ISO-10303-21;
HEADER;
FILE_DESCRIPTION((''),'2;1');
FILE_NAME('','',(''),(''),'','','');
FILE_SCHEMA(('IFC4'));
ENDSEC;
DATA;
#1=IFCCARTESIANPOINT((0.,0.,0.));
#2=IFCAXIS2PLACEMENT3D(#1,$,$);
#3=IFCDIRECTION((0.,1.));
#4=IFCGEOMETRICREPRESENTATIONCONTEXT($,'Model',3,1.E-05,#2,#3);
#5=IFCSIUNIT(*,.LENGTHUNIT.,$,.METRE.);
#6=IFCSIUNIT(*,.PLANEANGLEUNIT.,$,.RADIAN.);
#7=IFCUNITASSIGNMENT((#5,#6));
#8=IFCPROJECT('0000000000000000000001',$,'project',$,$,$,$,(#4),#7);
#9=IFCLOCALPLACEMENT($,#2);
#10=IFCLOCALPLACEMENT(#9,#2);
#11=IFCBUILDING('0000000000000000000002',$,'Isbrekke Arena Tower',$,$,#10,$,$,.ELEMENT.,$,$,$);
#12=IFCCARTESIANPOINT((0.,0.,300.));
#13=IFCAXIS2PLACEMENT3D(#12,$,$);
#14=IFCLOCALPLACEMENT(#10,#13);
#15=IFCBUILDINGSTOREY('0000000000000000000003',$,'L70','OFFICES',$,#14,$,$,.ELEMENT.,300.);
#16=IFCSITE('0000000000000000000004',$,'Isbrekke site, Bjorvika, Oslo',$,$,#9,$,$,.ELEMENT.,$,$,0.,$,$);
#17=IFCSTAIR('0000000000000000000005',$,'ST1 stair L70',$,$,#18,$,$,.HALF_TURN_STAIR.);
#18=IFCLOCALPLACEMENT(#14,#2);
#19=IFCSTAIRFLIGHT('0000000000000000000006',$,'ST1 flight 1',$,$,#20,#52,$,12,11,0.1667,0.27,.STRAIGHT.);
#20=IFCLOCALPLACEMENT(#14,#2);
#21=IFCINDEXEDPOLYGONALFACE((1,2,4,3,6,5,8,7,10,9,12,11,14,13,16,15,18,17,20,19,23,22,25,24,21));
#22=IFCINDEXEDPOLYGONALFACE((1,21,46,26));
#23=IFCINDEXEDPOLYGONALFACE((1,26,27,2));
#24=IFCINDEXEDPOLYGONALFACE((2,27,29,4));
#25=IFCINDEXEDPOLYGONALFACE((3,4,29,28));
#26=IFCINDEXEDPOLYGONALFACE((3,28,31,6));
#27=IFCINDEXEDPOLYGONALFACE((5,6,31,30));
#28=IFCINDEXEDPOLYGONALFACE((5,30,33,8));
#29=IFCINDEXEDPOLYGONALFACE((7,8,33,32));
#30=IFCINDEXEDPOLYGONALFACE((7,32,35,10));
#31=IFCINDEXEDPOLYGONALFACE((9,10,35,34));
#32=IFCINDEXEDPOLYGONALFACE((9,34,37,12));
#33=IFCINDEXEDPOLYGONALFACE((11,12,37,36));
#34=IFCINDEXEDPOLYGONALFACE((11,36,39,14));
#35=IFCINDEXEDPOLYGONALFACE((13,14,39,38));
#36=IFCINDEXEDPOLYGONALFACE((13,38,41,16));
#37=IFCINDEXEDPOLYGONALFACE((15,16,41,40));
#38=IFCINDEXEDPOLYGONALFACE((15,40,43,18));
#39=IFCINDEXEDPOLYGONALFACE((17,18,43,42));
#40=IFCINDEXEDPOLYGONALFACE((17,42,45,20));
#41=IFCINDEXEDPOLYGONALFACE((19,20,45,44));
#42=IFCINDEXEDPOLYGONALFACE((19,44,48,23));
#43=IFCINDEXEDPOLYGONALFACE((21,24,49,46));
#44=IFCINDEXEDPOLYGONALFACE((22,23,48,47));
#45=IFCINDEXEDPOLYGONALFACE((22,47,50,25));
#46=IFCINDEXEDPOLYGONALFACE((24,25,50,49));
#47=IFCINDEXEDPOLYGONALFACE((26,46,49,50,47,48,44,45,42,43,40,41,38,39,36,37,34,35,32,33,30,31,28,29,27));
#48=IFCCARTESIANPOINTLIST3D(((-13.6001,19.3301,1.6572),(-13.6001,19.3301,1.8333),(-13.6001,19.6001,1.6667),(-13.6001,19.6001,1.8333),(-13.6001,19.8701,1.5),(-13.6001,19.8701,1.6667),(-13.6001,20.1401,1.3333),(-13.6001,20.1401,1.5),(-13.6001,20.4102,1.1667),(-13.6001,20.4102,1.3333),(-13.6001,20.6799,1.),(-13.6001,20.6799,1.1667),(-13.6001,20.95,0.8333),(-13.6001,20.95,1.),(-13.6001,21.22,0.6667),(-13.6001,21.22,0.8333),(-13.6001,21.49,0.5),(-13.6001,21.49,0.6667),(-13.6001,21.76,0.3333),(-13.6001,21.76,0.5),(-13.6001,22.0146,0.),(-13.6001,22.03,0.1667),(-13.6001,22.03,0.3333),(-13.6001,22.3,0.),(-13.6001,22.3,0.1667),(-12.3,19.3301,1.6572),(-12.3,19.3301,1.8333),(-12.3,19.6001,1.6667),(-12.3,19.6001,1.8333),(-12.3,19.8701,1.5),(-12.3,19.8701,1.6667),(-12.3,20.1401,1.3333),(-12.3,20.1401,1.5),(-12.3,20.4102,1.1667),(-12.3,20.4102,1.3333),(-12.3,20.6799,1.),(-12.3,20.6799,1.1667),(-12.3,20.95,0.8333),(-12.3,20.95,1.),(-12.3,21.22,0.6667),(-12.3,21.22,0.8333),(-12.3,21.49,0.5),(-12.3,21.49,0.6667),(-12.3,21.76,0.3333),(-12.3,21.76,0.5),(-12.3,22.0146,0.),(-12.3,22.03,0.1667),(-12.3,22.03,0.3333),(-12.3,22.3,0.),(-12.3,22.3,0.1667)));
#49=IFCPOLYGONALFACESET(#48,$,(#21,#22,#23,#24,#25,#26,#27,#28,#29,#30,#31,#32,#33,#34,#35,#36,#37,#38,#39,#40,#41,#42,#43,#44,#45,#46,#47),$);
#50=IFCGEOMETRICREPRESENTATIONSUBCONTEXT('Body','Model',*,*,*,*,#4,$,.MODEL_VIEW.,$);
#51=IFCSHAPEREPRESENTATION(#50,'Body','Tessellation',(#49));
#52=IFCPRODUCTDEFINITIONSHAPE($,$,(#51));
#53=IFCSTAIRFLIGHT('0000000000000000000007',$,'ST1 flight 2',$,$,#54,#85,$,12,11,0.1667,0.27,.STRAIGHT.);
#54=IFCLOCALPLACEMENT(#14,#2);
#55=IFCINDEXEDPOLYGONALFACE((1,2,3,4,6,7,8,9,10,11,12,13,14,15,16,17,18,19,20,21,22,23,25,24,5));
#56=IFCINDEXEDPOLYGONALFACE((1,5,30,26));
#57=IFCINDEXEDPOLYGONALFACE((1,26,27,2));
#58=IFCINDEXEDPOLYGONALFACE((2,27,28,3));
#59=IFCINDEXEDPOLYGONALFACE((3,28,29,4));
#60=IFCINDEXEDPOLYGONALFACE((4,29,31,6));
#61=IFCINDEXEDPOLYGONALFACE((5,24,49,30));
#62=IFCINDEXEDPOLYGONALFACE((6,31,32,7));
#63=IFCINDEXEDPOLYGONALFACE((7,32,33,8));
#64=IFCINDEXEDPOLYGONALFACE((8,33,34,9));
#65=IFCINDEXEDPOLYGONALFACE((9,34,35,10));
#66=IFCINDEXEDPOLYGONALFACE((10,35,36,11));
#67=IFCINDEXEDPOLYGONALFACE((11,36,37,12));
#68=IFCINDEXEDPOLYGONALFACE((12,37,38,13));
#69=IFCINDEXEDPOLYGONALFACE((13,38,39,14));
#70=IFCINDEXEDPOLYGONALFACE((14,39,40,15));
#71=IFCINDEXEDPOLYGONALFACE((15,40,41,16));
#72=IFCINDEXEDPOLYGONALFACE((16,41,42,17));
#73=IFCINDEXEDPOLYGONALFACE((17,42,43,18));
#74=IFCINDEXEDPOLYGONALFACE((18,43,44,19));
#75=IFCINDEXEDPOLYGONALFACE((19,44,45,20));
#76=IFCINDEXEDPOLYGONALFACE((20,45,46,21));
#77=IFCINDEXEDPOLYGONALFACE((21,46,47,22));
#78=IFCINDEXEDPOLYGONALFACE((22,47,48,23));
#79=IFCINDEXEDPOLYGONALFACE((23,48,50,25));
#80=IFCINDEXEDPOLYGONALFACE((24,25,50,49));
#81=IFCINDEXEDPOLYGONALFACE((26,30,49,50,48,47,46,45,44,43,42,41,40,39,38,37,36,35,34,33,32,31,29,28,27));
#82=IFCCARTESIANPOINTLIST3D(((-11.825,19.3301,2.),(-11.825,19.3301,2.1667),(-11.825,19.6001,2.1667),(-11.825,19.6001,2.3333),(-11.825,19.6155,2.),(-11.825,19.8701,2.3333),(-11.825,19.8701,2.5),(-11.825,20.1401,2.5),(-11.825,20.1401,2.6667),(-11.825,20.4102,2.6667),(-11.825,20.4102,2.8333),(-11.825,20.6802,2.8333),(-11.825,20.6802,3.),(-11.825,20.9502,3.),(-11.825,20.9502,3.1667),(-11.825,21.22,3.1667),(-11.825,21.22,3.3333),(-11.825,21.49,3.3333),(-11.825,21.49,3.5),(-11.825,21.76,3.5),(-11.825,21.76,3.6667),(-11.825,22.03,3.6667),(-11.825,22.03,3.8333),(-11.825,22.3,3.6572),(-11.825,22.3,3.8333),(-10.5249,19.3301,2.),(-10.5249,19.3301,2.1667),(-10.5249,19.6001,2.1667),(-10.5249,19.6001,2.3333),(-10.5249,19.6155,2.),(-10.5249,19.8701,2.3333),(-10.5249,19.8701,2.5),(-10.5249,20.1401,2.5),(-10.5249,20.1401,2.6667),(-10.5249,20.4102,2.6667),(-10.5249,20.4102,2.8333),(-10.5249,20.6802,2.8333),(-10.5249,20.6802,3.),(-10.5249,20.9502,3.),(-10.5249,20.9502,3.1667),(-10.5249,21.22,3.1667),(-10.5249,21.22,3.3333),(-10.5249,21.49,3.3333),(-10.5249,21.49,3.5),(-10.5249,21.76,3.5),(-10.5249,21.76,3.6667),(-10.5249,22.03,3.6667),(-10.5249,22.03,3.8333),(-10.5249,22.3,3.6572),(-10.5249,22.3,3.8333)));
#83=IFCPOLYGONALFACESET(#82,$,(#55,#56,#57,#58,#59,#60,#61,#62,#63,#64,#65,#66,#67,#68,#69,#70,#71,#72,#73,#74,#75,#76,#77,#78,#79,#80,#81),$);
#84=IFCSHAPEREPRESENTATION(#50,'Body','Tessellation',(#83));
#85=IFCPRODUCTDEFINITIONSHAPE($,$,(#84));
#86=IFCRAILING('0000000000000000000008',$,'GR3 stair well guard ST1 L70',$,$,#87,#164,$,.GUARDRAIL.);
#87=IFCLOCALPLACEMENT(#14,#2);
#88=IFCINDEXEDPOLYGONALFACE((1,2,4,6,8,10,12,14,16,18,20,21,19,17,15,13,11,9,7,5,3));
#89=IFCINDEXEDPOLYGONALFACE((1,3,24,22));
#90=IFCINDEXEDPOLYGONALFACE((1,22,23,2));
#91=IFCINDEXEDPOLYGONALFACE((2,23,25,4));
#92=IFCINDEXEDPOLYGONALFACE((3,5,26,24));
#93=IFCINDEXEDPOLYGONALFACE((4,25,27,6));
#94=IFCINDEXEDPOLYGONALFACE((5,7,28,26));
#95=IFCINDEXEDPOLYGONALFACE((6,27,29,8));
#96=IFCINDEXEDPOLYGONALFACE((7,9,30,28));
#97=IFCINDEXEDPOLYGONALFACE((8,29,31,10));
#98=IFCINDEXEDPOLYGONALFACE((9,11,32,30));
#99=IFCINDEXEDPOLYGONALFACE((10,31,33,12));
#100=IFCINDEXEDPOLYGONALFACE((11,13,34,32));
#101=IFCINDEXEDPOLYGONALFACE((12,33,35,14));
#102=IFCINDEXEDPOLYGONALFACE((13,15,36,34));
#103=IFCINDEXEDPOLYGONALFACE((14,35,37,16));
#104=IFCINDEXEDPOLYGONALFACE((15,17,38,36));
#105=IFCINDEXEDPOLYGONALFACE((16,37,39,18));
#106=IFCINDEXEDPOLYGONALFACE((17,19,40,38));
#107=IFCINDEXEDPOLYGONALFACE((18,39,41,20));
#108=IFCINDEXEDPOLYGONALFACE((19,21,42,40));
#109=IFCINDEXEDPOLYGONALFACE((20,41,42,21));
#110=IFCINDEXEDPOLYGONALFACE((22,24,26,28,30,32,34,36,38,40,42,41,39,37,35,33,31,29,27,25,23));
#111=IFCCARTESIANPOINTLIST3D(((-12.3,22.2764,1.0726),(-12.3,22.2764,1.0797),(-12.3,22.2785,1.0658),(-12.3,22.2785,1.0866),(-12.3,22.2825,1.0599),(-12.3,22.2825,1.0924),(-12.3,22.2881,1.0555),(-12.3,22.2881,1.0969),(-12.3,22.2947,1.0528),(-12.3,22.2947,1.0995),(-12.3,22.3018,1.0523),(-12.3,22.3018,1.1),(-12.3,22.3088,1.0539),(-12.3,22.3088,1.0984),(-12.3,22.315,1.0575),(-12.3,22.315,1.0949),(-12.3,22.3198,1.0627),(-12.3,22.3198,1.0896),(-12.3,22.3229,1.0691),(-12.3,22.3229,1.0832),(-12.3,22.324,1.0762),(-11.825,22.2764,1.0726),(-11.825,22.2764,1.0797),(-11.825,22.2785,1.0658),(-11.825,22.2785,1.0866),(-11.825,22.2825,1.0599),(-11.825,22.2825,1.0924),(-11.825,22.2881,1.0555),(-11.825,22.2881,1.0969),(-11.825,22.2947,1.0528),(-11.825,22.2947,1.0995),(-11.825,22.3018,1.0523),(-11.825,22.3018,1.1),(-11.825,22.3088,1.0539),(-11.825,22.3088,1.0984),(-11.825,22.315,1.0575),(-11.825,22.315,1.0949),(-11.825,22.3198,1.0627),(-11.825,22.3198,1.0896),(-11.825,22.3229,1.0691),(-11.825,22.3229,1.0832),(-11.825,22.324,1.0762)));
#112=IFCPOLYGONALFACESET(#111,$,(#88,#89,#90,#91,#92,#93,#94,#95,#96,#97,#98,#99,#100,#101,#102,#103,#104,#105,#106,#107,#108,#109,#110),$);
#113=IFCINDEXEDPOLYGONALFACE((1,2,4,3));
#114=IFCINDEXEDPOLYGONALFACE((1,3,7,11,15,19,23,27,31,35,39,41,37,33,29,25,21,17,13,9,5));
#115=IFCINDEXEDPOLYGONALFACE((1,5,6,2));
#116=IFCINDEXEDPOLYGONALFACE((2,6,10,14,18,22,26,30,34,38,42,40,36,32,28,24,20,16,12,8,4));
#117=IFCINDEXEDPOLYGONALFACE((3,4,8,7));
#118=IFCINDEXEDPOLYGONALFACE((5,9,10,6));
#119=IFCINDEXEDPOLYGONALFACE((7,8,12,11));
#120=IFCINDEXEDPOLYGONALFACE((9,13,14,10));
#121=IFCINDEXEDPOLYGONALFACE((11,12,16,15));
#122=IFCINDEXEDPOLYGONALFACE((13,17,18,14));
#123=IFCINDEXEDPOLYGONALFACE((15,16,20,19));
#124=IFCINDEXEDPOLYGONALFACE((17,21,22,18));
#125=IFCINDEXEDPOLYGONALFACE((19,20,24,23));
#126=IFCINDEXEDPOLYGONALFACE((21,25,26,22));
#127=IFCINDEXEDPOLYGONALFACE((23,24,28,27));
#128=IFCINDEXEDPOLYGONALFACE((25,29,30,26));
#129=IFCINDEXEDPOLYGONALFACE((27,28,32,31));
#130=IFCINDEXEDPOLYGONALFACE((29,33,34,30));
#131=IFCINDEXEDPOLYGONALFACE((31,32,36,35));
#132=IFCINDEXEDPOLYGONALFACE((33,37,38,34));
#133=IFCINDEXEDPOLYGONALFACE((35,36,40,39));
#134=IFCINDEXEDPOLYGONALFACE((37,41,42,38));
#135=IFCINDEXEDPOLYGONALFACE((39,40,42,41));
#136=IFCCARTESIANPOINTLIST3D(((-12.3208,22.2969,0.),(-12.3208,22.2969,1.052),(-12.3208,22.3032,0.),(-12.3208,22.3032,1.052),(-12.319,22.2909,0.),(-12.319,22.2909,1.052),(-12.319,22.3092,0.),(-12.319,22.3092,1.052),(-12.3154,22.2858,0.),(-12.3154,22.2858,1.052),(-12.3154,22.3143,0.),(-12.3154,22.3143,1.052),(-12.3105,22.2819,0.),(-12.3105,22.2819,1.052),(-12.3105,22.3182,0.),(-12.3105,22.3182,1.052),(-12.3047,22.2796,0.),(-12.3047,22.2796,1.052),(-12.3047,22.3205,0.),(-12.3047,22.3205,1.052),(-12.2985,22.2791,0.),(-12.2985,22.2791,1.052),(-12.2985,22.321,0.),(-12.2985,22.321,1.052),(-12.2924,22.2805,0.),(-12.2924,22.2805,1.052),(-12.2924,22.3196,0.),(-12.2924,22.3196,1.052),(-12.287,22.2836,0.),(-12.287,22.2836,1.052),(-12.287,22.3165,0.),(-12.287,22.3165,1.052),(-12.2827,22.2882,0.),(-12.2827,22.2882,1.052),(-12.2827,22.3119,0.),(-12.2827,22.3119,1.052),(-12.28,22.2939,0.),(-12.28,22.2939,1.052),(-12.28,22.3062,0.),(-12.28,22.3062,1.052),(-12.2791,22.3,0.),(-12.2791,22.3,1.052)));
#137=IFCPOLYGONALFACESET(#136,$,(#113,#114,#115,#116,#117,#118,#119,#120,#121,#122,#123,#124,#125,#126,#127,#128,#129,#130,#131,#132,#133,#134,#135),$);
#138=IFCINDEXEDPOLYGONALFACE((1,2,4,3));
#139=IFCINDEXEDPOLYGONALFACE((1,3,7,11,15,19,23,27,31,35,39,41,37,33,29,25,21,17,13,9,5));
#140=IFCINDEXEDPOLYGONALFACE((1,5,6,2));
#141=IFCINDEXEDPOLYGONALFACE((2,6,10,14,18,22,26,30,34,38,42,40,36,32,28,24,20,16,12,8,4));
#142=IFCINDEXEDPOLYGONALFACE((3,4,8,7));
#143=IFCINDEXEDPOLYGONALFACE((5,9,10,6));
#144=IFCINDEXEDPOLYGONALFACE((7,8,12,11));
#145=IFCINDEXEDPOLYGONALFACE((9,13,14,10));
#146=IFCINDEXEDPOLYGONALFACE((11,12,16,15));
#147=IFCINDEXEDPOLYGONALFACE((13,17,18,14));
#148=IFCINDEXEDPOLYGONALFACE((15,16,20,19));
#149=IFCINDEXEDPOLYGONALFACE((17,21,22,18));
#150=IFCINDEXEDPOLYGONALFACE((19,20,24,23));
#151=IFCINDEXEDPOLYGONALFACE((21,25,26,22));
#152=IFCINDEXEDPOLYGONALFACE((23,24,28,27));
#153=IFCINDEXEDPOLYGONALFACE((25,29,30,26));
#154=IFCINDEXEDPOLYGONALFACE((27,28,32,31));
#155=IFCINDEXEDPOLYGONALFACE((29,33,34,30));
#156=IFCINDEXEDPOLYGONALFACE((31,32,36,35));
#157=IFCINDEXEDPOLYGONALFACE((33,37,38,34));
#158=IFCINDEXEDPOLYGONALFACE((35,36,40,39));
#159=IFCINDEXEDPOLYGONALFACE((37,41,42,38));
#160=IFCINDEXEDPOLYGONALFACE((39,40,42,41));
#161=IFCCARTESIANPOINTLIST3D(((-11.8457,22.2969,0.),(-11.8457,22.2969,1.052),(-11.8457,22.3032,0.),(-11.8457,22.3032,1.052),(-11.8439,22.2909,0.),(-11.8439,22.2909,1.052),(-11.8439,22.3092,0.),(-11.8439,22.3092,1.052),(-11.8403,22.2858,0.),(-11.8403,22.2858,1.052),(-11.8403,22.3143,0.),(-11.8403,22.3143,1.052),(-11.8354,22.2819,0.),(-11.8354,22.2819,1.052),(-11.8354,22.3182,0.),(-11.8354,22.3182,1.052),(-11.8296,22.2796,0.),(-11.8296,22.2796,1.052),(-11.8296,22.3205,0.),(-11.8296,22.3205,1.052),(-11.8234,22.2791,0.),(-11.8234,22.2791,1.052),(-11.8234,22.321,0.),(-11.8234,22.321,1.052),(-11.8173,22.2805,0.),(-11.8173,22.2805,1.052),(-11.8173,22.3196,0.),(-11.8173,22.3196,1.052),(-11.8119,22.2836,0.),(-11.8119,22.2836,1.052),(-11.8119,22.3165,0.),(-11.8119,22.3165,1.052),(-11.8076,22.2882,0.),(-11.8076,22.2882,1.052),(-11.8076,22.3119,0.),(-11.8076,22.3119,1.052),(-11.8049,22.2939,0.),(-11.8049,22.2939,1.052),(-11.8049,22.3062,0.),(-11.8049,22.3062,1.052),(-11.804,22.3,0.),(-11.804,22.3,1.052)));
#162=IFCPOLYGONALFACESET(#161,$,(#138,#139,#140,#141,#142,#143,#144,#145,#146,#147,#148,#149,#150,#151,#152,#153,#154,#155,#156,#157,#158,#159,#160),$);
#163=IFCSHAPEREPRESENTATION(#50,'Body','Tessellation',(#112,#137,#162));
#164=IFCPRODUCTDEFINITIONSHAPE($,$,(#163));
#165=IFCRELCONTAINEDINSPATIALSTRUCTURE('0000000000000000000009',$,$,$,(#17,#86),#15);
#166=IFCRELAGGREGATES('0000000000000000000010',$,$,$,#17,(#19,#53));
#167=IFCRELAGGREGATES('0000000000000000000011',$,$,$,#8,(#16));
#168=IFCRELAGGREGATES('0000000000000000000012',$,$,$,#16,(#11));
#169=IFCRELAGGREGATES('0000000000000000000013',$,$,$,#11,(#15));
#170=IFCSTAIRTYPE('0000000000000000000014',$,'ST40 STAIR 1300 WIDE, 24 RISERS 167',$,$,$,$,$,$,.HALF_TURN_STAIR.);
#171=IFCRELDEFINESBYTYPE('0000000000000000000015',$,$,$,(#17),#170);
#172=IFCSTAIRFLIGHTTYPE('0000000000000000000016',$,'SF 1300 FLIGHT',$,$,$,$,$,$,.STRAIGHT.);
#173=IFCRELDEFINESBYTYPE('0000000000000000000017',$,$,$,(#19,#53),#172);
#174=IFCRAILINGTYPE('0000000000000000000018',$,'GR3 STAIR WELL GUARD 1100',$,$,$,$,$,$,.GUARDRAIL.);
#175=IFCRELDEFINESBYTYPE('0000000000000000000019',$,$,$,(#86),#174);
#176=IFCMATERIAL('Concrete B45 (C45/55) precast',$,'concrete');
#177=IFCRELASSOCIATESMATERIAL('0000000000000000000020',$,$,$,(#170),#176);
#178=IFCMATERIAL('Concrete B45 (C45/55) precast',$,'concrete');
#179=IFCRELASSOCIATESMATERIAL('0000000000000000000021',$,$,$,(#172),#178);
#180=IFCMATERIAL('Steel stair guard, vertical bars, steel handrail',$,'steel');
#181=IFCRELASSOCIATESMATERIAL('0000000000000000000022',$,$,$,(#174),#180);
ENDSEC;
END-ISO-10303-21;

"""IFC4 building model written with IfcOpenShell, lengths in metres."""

from ifc_helpers import new_model, si_unit, direction, frame, origin, origin_2d, place, context, subcontext, project, spatial, polyline, circle, outline, extrude, material, type_object, element, aggregate, save


model = new_model("IFC4")

# Units and contexts
model_context = context("Model", 3, precision=1e-05, world=origin(), true_north=direction((0.0, 1.0)))
body_context = subcontext(model_context, "Body", "Model", "MODEL_VIEW")
ifc_project = project(units=[si_unit("LENGTHUNIT", "METRE"), si_unit("PLANEANGLEUNIT", "RADIAN")], contexts=[model_context])

# Site, building, storey
site_placement = place(None, origin())
site = spatial("IfcSite", under=ifc_project, at=site_placement, Name="Isbrekke site, Bjorvika, Oslo", CompositionType="ELEMENT", RefElevation=0.0)
building_placement = place(site_placement, origin())
building = spatial("IfcBuilding", under=site, at=building_placement, Name="Isbrekke Arena Tower", CompositionType="ELEMENT")
storey_placement = place(building_placement, frame((0.0, 0.0, 300.0)))
storey = spatial("IfcBuildingStorey", under=building, at=storey_placement, Name="L70", Description="OFFICES", CompositionType="ELEMENT", Elevation=300.0)

# Stair, stair flights
ifc_material_1 = material(Name="Concrete B45 (C45/55) precast", Category="concrete")
stair_type = type_object("IfcStairType", Name="ST40 STAIR 1300 WIDE, 24 RISERS 167", PredefinedType="HALF_TURN_STAIR", material=ifc_material_1)
stair_placement = place(storey_placement, origin())
stair = element("IfcStair", 1, at=stair_placement, inside=storey, type_object=stair_type, Name="ST1 stair L70", PredefinedType="HALF_TURN_STAIR")
ifc_material_2 = material(Name="Concrete B45 (C45/55) precast", Category="concrete")
stair_flight_type = type_object("IfcStairFlightType", Name="SF 1300 FLIGHT", PredefinedType="STRAIGHT", material=ifc_material_2)
stair_flight_1_placement = place(storey_placement, frame((-12.95, 22.3, 0.0), z_axis=(0.0, 0.0, 1.0), x_axis=(0.0, -1.0, 0.0)))
stair_flight_1 = element("IfcStairFlight", 2, at=stair_flight_1_placement, type_object=stair_flight_type, Name="ST1 flight 1", NumberOfRisers=12, NumberOfTreads=11, PredefinedType="STRAIGHT", RiserHeight=0.1667, TreadLength=0.27, context=body_context, shape_type="SweptSolid", body=[
    extrude(outline(polyline([(0.0, 0.0), (0.0, 0.1667), (0.27, 0.1667), (0.27, 0.3333), (0.54, 0.3333), (0.54, 0.5), (0.8101, 0.5), (0.8101, 0.6667), (1.0801, 0.6667), (1.0801, 0.8333), (1.3501, 0.8333), (1.3501, 1.0), (1.6201, 1.0), (1.6201, 1.1667), (1.8899, 1.1667), (1.8899, 1.3333), (2.1599, 1.3333), (2.1599, 1.5), (2.4299, 1.5), (2.4299, 1.6667), (2.7, 1.6667), (2.7, 1.8333), (2.97, 1.8333), (2.97, 2.0), (2.97, 1.6572), (0.2854, 0.0), (0.0, 0.0)])), frame((0.0, 0.6499, 0.0), z_axis=(0.0, -1.0, 0.0), x_axis=(1.0, 0.0, 0.0)), (0.0, 0.0, 1.0), 1.3),
])
stair_flight_2_placement = place(storey_placement, frame((-11.175, 19.3301, 2.0), z_axis=(0.0, 0.0, 1.0), x_axis=(0.0, 1.0, 0.0)))
stair_flight_2 = element("IfcStairFlight", 3, at=stair_flight_2_placement, type_object=stair_flight_type, Name="ST1 flight 2", NumberOfRisers=12, NumberOfTreads=11, PredefinedType="STRAIGHT", RiserHeight=0.1667, TreadLength=0.27, context=body_context, shape_type="SweptSolid", body=[
    extrude(outline(polyline([(0.0, 0.0), (0.0, 0.1667), (0.27, 0.1667), (0.27, 0.3333), (0.54, 0.3333), (0.54, 0.5), (0.8101, 0.5), (0.8101, 0.6667), (1.0801, 0.6667), (1.0801, 0.8333), (1.3501, 0.8333), (1.3501, 1.0), (1.6201, 1.0), (1.6201, 1.1667), (1.8899, 1.1667), (1.8899, 1.3333), (2.1599, 1.3333), (2.1599, 1.5), (2.4299, 1.5), (2.4299, 1.6667), (2.7, 1.6667), (2.7, 1.8333), (2.97, 1.8333), (2.97, 2.0), (2.97, 1.6572), (0.2854, 0.0), (0.0, 0.0)])), frame((0.0, 0.6499, 0.0), z_axis=(0.0, -1.0, 0.0), x_axis=(1.0, 0.0, 0.0)), (0.0, 0.0, 1.0), 1.3),
])
aggregate(stair, [stair_flight_1, stair_flight_2])

# Railing
ifc_material_3 = material(Name="Steel stair guard, vertical bars, steel handrail", Category="steel")
railing_type = type_object("IfcRailingType", Name="GR3 STAIR WELL GUARD 1100", PredefinedType="GUARDRAIL", material=ifc_material_3)
for number, where, name in (
    (4, (-12.3, 22.3, 0.0), "GR3 stair well guard ST1 L70"),
):
    element("IfcRailing", number, at=place(storey_placement, frame(where)), inside=storey, type_object=railing_type, Name=name, PredefinedType="GUARDRAIL", context=body_context, shape_type="SweptSolid", body=[
        extrude(circle(Radius=0.0239, at=origin_2d()), frame((0.0, 0.0, 1.0762), z_axis=(1.0, 0.0, 0.0), x_axis=(0.0, 1.0, 0.0)), (0.0, 0.0, 1.0), 0.4751),
        extrude(circle(Radius=0.021, at=origin_2d()), origin(), (0.0, 0.0, 1.0), 1.052),
        extrude(circle(Radius=0.021, at=origin_2d()), frame((0.4751, 0.0, 0.0)), (0.0, 0.0, 1.0), 1.052),
    ])

save(model, "model.ifc")
